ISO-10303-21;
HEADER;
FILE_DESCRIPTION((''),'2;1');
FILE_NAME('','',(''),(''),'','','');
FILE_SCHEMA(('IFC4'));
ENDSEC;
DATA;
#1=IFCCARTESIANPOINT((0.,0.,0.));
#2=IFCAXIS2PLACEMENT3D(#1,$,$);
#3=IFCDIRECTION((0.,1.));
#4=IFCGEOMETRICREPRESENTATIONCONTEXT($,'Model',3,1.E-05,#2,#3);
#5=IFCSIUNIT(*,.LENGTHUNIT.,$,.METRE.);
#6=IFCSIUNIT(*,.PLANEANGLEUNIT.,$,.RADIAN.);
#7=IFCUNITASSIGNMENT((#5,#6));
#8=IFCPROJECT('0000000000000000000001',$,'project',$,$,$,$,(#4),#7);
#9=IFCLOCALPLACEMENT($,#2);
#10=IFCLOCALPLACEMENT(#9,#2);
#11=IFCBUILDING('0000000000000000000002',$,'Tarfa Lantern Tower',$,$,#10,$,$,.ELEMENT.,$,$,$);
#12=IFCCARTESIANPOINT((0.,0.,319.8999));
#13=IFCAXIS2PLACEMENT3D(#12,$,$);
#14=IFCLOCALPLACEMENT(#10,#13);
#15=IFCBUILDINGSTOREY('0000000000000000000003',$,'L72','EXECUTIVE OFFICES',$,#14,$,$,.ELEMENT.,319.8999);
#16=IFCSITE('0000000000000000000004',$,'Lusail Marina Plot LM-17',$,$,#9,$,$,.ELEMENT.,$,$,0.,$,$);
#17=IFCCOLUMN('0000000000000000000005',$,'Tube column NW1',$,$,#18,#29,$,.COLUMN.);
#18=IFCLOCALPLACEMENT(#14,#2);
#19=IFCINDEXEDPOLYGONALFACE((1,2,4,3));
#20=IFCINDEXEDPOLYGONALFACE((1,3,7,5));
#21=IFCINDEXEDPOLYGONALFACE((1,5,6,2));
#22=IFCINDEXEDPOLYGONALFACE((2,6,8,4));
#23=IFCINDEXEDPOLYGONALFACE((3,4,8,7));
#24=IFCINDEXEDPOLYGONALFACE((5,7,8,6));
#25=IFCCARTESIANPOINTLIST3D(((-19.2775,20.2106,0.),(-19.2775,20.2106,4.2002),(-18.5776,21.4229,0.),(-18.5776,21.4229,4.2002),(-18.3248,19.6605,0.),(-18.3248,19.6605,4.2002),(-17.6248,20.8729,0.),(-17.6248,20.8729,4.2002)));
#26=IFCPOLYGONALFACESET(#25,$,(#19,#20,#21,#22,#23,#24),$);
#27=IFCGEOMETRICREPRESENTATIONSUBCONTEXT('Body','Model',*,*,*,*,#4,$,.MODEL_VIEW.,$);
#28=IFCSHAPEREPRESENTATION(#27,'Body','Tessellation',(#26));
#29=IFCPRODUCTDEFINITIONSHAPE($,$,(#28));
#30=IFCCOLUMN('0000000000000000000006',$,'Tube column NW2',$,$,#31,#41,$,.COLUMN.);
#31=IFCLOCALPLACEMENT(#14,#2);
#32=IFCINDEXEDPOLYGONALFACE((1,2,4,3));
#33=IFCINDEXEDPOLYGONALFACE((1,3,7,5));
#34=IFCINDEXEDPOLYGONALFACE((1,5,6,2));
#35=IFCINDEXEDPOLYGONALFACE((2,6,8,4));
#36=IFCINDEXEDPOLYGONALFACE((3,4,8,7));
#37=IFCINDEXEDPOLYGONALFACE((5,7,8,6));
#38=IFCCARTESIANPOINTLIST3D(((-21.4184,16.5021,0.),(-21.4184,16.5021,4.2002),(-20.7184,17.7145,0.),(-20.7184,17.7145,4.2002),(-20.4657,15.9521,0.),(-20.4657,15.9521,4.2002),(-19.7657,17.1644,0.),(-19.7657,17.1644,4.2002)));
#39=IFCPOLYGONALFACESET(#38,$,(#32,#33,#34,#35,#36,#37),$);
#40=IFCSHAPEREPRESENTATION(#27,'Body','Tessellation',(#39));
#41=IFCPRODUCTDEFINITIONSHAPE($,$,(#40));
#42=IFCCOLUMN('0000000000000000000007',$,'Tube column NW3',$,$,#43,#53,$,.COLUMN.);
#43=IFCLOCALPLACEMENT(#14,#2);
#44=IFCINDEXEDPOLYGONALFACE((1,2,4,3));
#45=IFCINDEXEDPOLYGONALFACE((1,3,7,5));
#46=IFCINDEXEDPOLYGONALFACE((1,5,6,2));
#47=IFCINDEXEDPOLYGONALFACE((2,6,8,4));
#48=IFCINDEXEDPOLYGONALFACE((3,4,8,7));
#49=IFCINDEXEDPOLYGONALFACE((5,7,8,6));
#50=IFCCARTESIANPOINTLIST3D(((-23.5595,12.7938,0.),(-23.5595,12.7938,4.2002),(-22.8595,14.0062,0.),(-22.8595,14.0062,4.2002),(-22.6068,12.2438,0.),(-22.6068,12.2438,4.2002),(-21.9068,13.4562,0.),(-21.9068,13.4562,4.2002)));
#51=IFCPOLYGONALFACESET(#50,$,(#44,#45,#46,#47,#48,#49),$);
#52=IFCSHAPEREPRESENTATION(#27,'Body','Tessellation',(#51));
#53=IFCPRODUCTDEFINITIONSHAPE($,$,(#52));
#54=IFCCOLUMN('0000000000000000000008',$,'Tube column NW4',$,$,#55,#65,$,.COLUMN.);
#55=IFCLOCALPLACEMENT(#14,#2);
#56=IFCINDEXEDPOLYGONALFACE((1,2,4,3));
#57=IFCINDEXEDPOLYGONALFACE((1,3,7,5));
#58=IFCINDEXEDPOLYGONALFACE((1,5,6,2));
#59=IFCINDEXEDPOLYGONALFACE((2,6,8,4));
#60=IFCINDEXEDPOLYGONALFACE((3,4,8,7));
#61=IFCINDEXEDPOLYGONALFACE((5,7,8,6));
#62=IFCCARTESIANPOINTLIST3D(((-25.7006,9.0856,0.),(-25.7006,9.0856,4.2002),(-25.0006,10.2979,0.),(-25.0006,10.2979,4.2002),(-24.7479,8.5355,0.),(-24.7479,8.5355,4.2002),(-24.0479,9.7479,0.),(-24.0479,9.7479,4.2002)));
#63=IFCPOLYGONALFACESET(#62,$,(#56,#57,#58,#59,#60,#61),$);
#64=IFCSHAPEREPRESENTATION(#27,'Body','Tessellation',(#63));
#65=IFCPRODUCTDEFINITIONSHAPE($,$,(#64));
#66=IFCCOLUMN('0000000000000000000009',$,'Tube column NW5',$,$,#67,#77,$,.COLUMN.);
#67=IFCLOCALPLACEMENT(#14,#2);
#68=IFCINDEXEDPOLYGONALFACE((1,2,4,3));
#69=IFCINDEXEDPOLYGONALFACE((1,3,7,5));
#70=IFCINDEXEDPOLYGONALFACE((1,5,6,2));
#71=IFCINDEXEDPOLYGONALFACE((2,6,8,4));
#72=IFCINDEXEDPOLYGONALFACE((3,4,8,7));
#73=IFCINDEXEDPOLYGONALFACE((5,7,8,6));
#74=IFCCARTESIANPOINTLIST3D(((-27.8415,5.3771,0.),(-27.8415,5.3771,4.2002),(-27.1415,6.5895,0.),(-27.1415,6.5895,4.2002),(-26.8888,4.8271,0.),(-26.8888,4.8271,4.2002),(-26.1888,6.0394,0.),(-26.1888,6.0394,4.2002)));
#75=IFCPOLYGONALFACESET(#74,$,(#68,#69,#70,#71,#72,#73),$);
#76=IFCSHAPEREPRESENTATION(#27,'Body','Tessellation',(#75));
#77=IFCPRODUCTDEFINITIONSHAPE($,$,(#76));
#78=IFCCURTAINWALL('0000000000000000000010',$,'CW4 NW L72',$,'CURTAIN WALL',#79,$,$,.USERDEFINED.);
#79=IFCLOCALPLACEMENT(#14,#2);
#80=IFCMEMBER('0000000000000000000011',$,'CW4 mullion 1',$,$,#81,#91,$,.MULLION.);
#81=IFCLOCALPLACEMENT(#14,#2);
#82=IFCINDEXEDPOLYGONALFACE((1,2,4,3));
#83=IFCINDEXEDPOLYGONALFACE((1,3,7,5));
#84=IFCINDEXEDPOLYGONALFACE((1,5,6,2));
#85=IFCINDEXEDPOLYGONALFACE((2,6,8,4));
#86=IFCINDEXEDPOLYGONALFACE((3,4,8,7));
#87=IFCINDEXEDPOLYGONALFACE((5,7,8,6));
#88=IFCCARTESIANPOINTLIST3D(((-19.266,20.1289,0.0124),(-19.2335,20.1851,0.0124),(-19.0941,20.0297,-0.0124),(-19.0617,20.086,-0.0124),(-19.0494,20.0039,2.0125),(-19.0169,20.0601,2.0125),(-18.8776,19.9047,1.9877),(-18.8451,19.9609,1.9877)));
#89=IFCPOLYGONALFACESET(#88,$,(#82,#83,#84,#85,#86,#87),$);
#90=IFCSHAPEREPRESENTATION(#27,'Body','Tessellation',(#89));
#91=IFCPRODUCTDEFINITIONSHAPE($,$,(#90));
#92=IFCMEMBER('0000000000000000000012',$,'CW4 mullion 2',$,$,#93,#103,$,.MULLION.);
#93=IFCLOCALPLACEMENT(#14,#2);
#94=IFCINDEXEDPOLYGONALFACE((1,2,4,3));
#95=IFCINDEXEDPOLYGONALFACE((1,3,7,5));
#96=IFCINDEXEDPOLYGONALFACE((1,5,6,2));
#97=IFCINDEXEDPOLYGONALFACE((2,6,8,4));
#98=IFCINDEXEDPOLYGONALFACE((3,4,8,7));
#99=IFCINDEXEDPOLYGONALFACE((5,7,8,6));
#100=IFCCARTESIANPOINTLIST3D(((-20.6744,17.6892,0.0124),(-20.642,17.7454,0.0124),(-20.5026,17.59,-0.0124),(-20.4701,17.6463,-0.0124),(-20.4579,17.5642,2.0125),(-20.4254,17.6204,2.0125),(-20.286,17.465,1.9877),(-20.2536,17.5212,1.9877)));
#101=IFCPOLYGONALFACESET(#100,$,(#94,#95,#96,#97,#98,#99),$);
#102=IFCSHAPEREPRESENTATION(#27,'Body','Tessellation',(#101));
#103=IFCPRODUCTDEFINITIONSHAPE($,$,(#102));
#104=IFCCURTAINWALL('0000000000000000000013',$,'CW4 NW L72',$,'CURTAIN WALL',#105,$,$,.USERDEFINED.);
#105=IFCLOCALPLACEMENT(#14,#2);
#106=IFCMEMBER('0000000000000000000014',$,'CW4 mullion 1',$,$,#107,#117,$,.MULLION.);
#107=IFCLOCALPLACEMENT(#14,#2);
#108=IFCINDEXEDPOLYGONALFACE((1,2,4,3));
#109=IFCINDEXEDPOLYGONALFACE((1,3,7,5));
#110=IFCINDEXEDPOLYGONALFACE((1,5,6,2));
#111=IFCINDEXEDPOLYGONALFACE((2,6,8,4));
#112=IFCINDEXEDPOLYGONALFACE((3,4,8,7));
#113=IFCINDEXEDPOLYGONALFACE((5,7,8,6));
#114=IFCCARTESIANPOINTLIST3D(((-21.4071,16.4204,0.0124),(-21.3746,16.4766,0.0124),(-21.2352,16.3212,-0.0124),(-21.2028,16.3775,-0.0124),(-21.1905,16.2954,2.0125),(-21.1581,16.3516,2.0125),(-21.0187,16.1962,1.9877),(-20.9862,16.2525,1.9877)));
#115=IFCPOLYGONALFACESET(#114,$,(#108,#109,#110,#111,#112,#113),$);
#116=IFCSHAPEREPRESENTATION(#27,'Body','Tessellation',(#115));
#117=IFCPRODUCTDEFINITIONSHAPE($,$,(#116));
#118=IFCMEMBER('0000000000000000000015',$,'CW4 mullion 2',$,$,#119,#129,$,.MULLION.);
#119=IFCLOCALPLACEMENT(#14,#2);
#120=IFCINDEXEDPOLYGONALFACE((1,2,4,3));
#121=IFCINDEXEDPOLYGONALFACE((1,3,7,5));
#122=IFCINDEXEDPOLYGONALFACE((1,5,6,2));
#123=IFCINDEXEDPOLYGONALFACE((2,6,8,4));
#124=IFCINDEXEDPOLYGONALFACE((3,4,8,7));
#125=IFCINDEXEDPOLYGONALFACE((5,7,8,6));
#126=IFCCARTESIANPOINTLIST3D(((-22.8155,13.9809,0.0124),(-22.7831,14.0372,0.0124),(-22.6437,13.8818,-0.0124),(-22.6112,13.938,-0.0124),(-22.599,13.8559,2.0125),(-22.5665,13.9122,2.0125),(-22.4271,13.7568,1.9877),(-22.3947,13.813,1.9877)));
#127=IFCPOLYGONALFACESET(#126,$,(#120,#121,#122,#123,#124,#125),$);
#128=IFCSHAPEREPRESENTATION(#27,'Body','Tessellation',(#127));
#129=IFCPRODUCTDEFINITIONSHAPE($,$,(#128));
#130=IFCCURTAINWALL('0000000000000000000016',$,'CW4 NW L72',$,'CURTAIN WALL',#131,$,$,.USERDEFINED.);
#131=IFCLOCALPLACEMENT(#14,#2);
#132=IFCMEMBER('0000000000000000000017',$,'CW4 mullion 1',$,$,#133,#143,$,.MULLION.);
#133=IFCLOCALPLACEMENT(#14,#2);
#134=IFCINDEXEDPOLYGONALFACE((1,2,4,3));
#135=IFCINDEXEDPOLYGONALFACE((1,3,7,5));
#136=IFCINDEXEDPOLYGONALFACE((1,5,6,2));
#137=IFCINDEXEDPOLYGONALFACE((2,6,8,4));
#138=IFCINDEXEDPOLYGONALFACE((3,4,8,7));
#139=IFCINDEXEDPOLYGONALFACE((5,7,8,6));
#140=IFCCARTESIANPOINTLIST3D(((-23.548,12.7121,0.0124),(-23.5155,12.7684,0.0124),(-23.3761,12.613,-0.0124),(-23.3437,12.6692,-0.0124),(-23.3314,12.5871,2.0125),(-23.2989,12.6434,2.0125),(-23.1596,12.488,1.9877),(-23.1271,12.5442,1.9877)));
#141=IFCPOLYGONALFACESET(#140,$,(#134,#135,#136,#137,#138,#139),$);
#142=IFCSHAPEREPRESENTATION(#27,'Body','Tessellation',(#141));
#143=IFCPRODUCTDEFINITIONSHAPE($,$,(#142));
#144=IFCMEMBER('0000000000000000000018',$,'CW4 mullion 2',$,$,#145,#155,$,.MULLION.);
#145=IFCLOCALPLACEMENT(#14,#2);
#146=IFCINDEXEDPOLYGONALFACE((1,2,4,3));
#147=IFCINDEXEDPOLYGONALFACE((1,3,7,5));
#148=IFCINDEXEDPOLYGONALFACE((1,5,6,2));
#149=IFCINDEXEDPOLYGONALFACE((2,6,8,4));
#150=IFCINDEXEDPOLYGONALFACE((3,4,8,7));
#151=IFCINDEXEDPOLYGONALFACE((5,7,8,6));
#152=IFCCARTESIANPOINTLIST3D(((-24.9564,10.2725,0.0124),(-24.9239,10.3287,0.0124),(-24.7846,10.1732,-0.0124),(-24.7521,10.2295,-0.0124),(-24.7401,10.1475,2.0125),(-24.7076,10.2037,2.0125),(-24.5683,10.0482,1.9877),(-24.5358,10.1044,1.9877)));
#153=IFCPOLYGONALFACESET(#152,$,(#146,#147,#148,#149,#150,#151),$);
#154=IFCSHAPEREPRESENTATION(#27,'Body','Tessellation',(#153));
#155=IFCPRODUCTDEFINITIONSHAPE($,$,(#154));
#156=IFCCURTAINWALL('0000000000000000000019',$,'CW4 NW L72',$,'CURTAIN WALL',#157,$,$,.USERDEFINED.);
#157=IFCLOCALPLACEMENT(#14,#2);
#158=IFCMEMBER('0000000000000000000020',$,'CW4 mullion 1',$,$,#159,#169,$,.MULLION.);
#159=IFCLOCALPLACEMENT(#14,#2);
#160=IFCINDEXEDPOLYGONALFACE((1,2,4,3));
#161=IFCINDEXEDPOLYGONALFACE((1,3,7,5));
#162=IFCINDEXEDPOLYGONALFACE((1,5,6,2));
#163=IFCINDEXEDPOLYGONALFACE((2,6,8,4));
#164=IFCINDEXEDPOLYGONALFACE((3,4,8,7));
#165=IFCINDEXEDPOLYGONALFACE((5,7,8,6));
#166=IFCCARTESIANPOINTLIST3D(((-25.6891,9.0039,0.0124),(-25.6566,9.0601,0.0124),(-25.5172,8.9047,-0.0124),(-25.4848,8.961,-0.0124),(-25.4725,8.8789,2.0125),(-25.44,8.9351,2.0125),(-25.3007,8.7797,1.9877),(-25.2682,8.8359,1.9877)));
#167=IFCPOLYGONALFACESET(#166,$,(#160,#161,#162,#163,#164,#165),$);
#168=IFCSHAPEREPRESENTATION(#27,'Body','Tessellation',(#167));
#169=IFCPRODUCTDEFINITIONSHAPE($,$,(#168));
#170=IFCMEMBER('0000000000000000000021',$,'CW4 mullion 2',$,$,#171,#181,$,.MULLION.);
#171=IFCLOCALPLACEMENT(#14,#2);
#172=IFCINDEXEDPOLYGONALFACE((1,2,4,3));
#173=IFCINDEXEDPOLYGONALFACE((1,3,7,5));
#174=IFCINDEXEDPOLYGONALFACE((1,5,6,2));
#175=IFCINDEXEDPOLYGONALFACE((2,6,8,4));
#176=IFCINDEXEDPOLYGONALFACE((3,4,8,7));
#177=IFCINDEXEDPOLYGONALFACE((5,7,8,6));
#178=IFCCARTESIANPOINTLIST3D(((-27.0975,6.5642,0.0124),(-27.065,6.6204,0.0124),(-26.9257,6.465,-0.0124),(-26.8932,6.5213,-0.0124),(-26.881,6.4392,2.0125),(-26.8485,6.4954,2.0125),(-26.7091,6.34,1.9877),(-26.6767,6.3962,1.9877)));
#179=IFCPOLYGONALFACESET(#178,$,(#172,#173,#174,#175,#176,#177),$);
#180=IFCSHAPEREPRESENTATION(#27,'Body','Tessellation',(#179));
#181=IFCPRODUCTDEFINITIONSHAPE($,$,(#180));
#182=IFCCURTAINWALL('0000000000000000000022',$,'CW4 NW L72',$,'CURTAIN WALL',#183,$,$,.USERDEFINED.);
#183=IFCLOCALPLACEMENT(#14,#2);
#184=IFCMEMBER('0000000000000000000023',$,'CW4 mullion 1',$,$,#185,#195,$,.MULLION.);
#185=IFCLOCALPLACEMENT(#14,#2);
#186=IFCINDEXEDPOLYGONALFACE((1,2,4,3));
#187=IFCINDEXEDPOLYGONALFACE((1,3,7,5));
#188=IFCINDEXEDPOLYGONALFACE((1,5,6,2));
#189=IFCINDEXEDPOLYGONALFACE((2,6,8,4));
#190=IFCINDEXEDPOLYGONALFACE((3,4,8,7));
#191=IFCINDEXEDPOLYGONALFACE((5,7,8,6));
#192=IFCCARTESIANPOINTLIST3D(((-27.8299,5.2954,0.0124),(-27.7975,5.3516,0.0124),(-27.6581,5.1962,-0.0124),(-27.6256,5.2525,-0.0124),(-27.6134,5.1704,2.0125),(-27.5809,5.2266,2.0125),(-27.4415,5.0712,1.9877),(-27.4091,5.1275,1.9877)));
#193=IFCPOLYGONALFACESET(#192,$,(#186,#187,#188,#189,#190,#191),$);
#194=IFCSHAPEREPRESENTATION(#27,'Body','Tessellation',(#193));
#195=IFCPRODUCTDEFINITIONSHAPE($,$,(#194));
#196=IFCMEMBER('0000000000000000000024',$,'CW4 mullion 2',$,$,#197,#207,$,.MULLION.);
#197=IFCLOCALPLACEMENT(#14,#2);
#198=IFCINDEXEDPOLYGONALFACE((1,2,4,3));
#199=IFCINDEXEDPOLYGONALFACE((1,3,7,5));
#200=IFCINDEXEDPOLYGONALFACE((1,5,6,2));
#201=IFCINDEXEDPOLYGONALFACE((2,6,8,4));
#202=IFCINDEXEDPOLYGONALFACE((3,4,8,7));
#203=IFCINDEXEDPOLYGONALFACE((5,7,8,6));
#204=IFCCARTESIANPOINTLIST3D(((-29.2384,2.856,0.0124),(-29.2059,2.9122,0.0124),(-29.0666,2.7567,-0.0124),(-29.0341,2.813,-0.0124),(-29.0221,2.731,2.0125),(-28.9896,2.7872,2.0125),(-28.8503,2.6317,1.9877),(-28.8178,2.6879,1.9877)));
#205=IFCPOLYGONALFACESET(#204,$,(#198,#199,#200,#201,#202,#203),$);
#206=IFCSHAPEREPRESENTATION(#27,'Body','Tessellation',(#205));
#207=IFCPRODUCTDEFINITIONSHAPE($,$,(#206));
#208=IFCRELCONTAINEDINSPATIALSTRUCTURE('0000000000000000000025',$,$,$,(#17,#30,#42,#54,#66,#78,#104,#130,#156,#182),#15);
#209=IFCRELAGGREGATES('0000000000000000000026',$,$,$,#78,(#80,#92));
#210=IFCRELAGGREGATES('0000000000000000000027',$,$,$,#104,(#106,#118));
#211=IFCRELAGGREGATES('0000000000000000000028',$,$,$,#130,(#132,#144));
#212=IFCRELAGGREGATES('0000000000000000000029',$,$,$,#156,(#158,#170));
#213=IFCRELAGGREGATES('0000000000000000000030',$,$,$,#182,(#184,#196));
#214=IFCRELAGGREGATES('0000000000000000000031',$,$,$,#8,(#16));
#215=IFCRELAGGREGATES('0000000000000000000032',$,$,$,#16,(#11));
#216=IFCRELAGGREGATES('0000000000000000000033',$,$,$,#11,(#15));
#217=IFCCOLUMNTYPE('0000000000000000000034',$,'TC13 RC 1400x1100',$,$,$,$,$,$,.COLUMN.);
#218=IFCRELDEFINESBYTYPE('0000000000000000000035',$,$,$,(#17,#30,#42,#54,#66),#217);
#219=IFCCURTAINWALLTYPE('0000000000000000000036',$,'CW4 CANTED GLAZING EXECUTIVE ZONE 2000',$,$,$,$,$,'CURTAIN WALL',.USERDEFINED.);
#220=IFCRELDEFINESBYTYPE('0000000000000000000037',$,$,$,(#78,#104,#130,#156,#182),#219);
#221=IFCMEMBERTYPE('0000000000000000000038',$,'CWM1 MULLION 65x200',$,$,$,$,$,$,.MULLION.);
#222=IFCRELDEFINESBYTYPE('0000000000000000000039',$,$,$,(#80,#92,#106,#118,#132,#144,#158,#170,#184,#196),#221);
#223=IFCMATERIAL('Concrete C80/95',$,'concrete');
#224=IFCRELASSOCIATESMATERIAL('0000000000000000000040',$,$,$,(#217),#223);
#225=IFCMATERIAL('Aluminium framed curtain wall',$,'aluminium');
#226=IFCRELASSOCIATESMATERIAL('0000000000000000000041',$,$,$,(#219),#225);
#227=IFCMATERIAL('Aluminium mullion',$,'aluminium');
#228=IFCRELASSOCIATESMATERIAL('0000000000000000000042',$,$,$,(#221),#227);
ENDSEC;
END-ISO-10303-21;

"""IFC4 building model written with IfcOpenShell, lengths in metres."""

from ifc_helpers import new_model, si_unit, direction, frame, origin, origin_2d, place, context, subcontext, project, spatial, rectangle, extrude, material, material_profile, profile_set, type_object, element, aggregate, save


model = new_model("IFC4")

# Units and contexts
model_context = context("Model", 3, precision=1e-05, world=origin(), true_north=direction((0.0, 1.0)))
body_context = subcontext(model_context, "Body", "Model", "MODEL_VIEW")
ifc_project = project(units=[si_unit("LENGTHUNIT", "METRE"), si_unit("PLANEANGLEUNIT", "RADIAN")], contexts=[model_context])

# Site, building, storey
site_placement = place(None, origin())
site = spatial("IfcSite", under=ifc_project, at=site_placement, Name="Lusail Marina Plot LM-17", CompositionType="ELEMENT", RefElevation=0.0)
building_placement = place(site_placement, origin())
building = spatial("IfcBuilding", under=site, at=building_placement, Name="Tarfa Lantern Tower", CompositionType="ELEMENT")
storey_placement = place(building_placement, frame((0.0, 0.0, 319.8999)))
storey = spatial("IfcBuildingStorey", under=building, at=storey_placement, Name="L72", Description="EXECUTIVE OFFICES", CompositionType="ELEMENT", Elevation=319.8999)

# Columns
ifc_material_1 = material(Name="Concrete C80/95", Category="concrete")
ifc_material_profile_1 = material_profile(ifc_material_1, rectangle(XDim=1.3999, YDim=1.1001, at=origin_2d()), Name="RC 1400x1100")
ifc_profile_set_1 = profile_set([ifc_material_profile_1], Name="Concrete C80/95")
column_type = type_object("IfcColumnType", Name="TC13 RC 1400x1100", PredefinedType="COLUMN", material=ifc_profile_set_1)
for number, where, z_axis, x_axis, name in (
    (1, (-18.4512, 20.5417, 0.0), (0.0, 0.0, 1.0), (-0.5, -0.866025, 0.0), "Tube column NW1"),
    (2, (-20.592, 16.8333, 0.0), (0.0, 0.0, 1.0), (-0.5, -0.866025, 0.0), "Tube column NW2"),
    (3, (-22.7332, 13.125, 0.0), (0.0, 0.0, 1.0), (-0.5, -0.866025, 0.0), "Tube column NW3"),
    (4, (-24.8743, 9.4167, 0.0), (0.0, 0.0, 1.0), (-0.5, -0.866025, 0.0), "Tube column NW4"),
    (5, (-27.0151, 5.7083, 0.0), (0.0, 0.0, 1.0), (-0.5, -0.866025, 0.0), "Tube column NW5"),
):
    element("IfcColumn", number, at=place(storey_placement, frame(where, z_axis=z_axis, x_axis=x_axis)), inside=storey, type_object=column_type, Name=name, PredefinedType="COLUMN", context=body_context, shape_type="SweptSolid", body=[
        extrude(rectangle(XDim=1.3999, YDim=1.1001, at=origin_2d()), origin(), (0.0, 0.0, 1.0), 4.2002),
    ])

# Curtain walls, members
ifc_material_2 = material(Name="Aluminium framed curtain wall", Category="aluminium")
curtain_wall_type = type_object("IfcCurtainWallType", Name="CW4 CANTED GLAZING EXECUTIVE ZONE 2000", ElementType="CURTAIN WALL", PredefinedType="USERDEFINED", material=ifc_material_2)
curtain_wall_1_placement = place(storey_placement, origin())
curtain_wall_1 = element("IfcCurtainWall", 6, at=curtain_wall_1_placement, inside=storey, type_object=curtain_wall_type, Name="CW4 NW L72", ObjectType="CURTAIN WALL", PredefinedType="USERDEFINED")
ifc_material_3 = material(Name="Aluminium mullion", Category="aluminium")
ifc_material_profile_2 = material_profile(ifc_material_3, rectangle(XDim=0.0649, YDim=0.2, at=origin_2d()), Name="AL MULLION 65x200")
ifc_profile_set_2 = profile_set([ifc_material_profile_2], Name="Aluminium mullion")
member_type_1 = type_object("IfcMemberType", Name="CWM1 MULLION 65x200", PredefinedType="MULLION", material=ifc_profile_set_2)
member_1_placement = place(storey_placement, frame((-19.1638, 20.1074, 0.0), z_axis=(0.10744, -0.062017, 0.992275), x_axis=(0.49992, 0.866072, 0.0)))
member_1 = element("IfcMember", 7, at=member_1_placement, type_object=member_type_1, Name="CW4 mullion 1", PredefinedType="MULLION", context=body_context, shape_type="SweptSolid", body=[
    extrude(rectangle(XDim=0.0649, YDim=0.2, at=origin_2d()), origin(), (0.0, 0.0, 1.0), 2.0156),
])
member_2_placement = place(storey_placement, frame((-20.5723, 17.6677, 0.0), z_axis=(0.10744, -0.062017, 0.992275), x_axis=(0.49992, 0.866072, 0.0)))
member_2 = element("IfcMember", 8, at=member_2_placement, type_object=member_type_1, Name="CW4 mullion 2", PredefinedType="MULLION", context=body_context, shape_type="SweptSolid", body=[
    extrude(rectangle(XDim=0.0649, YDim=0.2, at=origin_2d()), origin(), (0.0, 0.0, 1.0), 2.0156),
])
curtain_wall_2_placement = place(storey_placement, origin())
curtain_wall_2 = element("IfcCurtainWall", 9, at=curtain_wall_2_placement, inside=storey, type_object=curtain_wall_type, Name="CW4 NW L72", ObjectType="CURTAIN WALL", PredefinedType="USERDEFINED")
member_3_placement = place(storey_placement, frame((-21.3049, 16.3989, 0.0), z_axis=(0.10744, -0.062017, 0.992275), x_axis=(0.49992, 0.866072, 0.0)))
member_3 = element("IfcMember", 10, at=member_3_placement, type_object=member_type_1, Name="CW4 mullion 1", PredefinedType="MULLION", context=body_context, shape_type="SweptSolid", body=[
    extrude(rectangle(XDim=0.0649, YDim=0.2, at=origin_2d()), origin(), (0.0, 0.0, 1.0), 2.0156),
])
member_4_placement = place(storey_placement, frame((-22.7134, 13.9595, 0.0), z_axis=(0.10744, -0.062017, 0.992275), x_axis=(0.49992, 0.866072, 0.0)))
member_4 = element("IfcMember", 11, at=member_4_placement, type_object=member_type_1, Name="CW4 mullion 2", PredefinedType="MULLION", context=body_context, shape_type="SweptSolid", body=[
    extrude(rectangle(XDim=0.0649, YDim=0.2, at=origin_2d()), origin(), (0.0, 0.0, 1.0), 2.0156),
])
curtain_wall_3_placement = place(storey_placement, origin())
curtain_wall_3 = element("IfcCurtainWall", 12, at=curtain_wall_3_placement, inside=storey, type_object=curtain_wall_type, Name="CW4 NW L72", ObjectType="CURTAIN WALL", PredefinedType="USERDEFINED")
member_5_placement = place(storey_placement, frame((-23.4458, 12.6907, 0.0), z_axis=(0.10744, -0.062017, 0.992275), x_axis=(0.49992, 0.866072, 0.0)))
member_5 = element("IfcMember", 13, at=member_5_placement, type_object=member_type_1, Name="CW4 mullion 1", PredefinedType="MULLION", context=body_context, shape_type="SweptSolid", body=[
    extrude(rectangle(XDim=0.0649, YDim=0.2, at=origin_2d()), origin(), (0.0, 0.0, 1.0), 2.0156),
])
member_6_placement = place(storey_placement, frame((-24.8542, 10.251, 0.0), z_axis=(0.10732, -0.062018, 0.992288), x_axis=(0.500343, 0.865827, 0.0)))
member_6 = element("IfcMember", 14, at=member_6_placement, type_object=member_type_1, Name="CW4 mullion 2", PredefinedType="MULLION", context=body_context, shape_type="SweptSolid", body=[
    extrude(rectangle(XDim=0.0649, YDim=0.2, at=origin_2d()), origin(), (0.0, 0.0, 1.0), 2.0156),
])
curtain_wall_4_placement = place(storey_placement, origin())
curtain_wall_4 = element("IfcCurtainWall", 15, at=curtain_wall_4_placement, inside=storey, type_object=curtain_wall_type, Name="CW4 NW L72", ObjectType="CURTAIN WALL", PredefinedType="USERDEFINED")
member_7_placement = place(storey_placement, frame((-25.5869, 8.9824, 0.0), z_axis=(0.10744, -0.062017, 0.992275), x_axis=(0.49992, 0.866072, 0.0)))
member_7 = element("IfcMember", 16, at=member_7_placement, type_object=member_type_1, Name="CW4 mullion 1", PredefinedType="MULLION", context=body_context, shape_type="SweptSolid", body=[
    extrude(rectangle(XDim=0.0649, YDim=0.2, at=origin_2d()), origin(), (0.0, 0.0, 1.0), 2.0156),
])
member_8_placement = place(storey_placement, frame((-26.9954, 6.5427, 0.0), z_axis=(0.10744, -0.062017, 0.992275), x_axis=(0.49992, 0.866072, 0.0)))
member_8 = element("IfcMember", 17, at=member_8_placement, type_object=member_type_1, Name="CW4 mullion 2", PredefinedType="MULLION", context=body_context, shape_type="SweptSolid", body=[
    extrude(rectangle(XDim=0.0649, YDim=0.2, at=origin_2d()), origin(), (0.0, 0.0, 1.0), 2.0156),
])
curtain_wall_5_placement = place(storey_placement, origin())
curtain_wall_5 = element("IfcCurtainWall", 18, at=curtain_wall_5_placement, inside=storey, type_object=curtain_wall_type, Name="CW4 NW L72", ObjectType="CURTAIN WALL", PredefinedType="USERDEFINED")
member_9_placement = place(storey_placement, frame((-27.7278, 5.2739, 0.0), z_axis=(0.10744, -0.062017, 0.992275), x_axis=(0.49992, 0.866072, 0.0)))
member_9 = element("IfcMember", 19, at=member_9_placement, type_object=member_type_1, Name="CW4 mullion 1", PredefinedType="MULLION", context=body_context, shape_type="SweptSolid", body=[
    extrude(rectangle(XDim=0.0649, YDim=0.2, at=origin_2d()), origin(), (0.0, 0.0, 1.0), 2.0156),
])
member_10_placement = place(storey_placement, frame((-29.1362, 2.8345, 0.0), z_axis=(0.10732, -0.062018, 0.992288), x_axis=(0.500343, 0.865827, 0.0)))
member_10 = element("IfcMember", 20, at=member_10_placement, type_object=member_type_1, Name="CW4 mullion 2", PredefinedType="MULLION", context=body_context, shape_type="SweptSolid", body=[
    extrude(rectangle(XDim=0.0649, YDim=0.2, at=origin_2d()), origin(), (0.0, 0.0, 1.0), 2.0156),
])

aggregate(curtain_wall_1, [member_1, member_2])
aggregate(curtain_wall_2, [member_3, member_4])
aggregate(curtain_wall_3, [member_5, member_6])
aggregate(curtain_wall_4, [member_7, member_8])
aggregate(curtain_wall_5, [member_9, member_10])

save(model, "model.ifc")
